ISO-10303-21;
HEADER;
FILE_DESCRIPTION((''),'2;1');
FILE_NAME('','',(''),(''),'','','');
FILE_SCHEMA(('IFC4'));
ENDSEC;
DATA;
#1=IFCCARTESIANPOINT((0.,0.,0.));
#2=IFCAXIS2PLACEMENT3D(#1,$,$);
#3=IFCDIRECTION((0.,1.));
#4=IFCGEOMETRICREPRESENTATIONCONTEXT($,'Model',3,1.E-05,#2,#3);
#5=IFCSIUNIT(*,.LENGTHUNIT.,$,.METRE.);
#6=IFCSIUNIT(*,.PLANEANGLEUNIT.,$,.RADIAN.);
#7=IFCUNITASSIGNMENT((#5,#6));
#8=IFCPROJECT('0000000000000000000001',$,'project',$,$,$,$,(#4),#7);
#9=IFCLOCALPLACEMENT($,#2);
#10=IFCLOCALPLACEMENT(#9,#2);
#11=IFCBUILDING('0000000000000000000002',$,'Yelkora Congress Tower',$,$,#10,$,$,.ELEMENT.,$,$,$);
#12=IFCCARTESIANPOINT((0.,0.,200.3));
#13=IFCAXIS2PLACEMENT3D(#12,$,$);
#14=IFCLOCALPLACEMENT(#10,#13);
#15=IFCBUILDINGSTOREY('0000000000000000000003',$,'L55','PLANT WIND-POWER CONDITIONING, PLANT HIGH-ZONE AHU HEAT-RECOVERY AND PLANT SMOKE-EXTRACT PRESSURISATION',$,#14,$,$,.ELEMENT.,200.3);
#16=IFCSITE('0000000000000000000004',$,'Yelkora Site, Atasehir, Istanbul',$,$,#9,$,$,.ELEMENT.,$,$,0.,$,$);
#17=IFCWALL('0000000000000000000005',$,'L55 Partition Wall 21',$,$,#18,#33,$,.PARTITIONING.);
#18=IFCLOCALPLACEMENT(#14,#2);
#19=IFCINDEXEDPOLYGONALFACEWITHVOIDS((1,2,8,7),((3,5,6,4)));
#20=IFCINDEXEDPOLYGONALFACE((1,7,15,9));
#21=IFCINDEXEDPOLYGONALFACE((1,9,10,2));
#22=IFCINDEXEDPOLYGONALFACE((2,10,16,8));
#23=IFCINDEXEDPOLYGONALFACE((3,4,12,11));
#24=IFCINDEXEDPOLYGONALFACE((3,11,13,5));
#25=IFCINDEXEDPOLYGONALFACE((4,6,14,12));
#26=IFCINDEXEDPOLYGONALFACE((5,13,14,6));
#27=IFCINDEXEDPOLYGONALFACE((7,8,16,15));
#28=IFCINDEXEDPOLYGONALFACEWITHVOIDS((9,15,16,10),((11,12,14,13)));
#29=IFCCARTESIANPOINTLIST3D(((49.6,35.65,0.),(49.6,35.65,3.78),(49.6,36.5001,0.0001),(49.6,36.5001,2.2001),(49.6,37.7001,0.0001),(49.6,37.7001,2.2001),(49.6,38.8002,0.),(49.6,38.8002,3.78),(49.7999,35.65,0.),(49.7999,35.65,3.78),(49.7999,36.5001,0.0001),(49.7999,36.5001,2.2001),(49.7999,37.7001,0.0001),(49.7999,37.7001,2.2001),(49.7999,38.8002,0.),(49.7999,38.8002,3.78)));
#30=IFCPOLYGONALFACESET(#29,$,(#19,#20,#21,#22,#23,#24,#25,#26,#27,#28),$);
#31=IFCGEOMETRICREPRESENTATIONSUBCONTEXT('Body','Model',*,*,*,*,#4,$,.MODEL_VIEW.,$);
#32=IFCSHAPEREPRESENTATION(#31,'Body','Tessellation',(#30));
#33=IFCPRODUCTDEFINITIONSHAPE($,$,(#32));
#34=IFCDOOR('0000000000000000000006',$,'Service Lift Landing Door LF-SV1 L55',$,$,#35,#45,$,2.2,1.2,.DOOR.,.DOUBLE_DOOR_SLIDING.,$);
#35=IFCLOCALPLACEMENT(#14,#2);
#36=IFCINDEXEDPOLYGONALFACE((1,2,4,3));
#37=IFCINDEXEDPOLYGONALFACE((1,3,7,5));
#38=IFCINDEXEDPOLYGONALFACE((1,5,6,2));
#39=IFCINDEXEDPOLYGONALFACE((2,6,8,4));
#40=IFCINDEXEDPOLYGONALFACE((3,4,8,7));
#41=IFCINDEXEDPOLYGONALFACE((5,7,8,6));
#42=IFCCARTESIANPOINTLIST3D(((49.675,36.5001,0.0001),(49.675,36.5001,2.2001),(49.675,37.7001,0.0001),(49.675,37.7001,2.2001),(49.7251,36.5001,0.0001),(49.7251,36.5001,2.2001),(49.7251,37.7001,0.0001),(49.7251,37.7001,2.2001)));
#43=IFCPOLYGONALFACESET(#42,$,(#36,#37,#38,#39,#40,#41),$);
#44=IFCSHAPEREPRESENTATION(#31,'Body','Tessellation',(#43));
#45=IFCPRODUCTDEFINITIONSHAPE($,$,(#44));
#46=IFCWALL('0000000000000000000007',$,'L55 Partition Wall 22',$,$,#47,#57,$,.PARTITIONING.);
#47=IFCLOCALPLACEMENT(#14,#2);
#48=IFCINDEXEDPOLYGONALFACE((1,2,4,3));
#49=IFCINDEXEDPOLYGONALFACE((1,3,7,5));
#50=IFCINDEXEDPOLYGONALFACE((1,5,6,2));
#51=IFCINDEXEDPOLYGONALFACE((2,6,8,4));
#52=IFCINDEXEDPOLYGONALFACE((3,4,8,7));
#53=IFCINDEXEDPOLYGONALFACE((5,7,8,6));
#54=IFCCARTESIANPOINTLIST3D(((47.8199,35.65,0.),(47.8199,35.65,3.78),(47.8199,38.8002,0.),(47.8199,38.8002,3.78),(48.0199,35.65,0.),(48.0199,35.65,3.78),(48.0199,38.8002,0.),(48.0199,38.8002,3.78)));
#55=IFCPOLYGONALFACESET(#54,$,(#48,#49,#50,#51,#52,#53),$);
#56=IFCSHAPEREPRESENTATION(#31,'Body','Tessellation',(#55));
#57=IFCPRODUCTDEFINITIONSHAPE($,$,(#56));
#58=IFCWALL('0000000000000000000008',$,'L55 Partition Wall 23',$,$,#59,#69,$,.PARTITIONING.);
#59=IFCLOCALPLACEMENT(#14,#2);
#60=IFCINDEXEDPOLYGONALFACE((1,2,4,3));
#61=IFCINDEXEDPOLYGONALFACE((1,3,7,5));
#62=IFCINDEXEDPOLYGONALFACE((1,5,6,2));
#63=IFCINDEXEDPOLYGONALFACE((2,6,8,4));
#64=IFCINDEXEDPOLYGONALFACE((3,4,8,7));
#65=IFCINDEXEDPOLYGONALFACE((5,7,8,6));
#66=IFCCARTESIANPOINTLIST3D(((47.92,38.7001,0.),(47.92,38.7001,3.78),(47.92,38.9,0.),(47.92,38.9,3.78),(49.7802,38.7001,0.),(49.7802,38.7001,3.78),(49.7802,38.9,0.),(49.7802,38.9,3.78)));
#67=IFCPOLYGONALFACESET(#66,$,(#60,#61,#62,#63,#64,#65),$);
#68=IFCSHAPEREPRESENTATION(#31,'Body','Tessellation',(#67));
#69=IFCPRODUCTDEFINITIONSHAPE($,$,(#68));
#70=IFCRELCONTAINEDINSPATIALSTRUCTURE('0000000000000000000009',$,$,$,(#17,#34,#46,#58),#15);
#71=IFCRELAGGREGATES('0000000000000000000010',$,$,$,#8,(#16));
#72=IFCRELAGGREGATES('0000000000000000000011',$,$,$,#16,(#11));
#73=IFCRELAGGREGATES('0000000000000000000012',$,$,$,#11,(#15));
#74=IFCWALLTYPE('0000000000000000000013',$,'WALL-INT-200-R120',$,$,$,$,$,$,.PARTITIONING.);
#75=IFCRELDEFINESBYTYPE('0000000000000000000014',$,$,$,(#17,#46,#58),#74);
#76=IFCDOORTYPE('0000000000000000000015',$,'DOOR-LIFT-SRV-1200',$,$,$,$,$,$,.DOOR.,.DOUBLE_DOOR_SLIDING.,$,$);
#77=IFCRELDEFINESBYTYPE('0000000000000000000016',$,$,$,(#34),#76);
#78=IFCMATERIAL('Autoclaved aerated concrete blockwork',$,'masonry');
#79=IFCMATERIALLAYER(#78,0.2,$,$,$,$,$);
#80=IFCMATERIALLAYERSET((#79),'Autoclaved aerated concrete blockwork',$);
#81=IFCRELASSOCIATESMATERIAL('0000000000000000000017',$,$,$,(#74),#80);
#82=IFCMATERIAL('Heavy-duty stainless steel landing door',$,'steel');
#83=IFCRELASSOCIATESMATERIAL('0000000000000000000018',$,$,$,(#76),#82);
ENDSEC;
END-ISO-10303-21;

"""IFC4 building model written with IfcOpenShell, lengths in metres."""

from ifc_helpers import new_model, si_unit, direction, frame, frame_2d, origin, place, context, subcontext, project, spatial, rectangle, extrude, material, layer, layer_set, type_object, element, fill, save


model = new_model("IFC4")

# Units and contexts
model_context = context("Model", 3, precision=1e-05, world=origin(), true_north=direction((0.0, 1.0)))
body_context = subcontext(model_context, "Body", "Model", "MODEL_VIEW")
ifc_project = project(units=[si_unit("LENGTHUNIT", "METRE"), si_unit("PLANEANGLEUNIT", "RADIAN")], contexts=[model_context])

# Site, building, storey
site_placement = place(None, origin())
site = spatial("IfcSite", under=ifc_project, at=site_placement, Name="Yelkora Site, Atasehir, Istanbul", CompositionType="ELEMENT", RefElevation=0.0)
building_placement = place(site_placement, origin())
building = spatial("IfcBuilding", under=site, at=building_placement, Name="Yelkora Congress Tower", CompositionType="ELEMENT")
storey_placement = place(building_placement, frame((0.0, 0.0, 200.3)))
storey = spatial("IfcBuildingStorey", under=building, at=storey_placement, Name="L55", Description="PLANT WIND-POWER CONDITIONING, PLANT HIGH-ZONE AHU HEAT-RECOVERY AND PLANT SMOKE-EXTRACT PRESSURISATION", CompositionType="ELEMENT", Elevation=200.3)

# Shared definitions
ifc_material_1 = material(Name="Autoclaved aerated concrete blockwork", Category="masonry")
ifc_layer_1 = layer(ifc_material_1, 0.2)
ifc_layer_set_1 = layer_set([ifc_layer_1], Name="Autoclaved aerated concrete blockwork")
wall_type_1 = type_object("IfcWallType", Name="WALL-INT-200-R120", PredefinedType="PARTITIONING", material=ifc_layer_set_1)

# Wall, opening, door
wall_1_placement = place(storey_placement, frame((49.7, 35.6499, 0.0), z_axis=(0.0, 0.0, 1.0), x_axis=(0.0, 1.0, 0.0)))
wall_1 = element("IfcWall", 1, at=wall_1_placement, inside=storey, type_object=wall_type_1, Name="L55 Partition Wall 21", PredefinedType="PARTITIONING", context=body_context, shape_type="SweptSolid", body=[
    extrude(rectangle(XDim=3.1501, YDim=0.2, at=frame_2d((1.5752, 0.0))), origin(), (0.0, 0.0, 1.0), 3.78),
])
opening_1_placement = place(wall_1_placement, frame((0.8501, 0.0, 0.0)))
opening_1 = element("IfcOpeningElement", 2, at=opening_1_placement, cuts=wall_1, PredefinedType="OPENING", context=body_context, shape_type="SweptSolid", body=[
    extrude(rectangle(XDim=1.2, YDim=2.2, at=frame_2d((0.6001, 1.1001))), frame((0.0, 0.1099, 0.0), z_axis=(0.0, -1.0, 0.0), x_axis=(1.0, 0.0, 0.0)), (0.0, 0.0, 1.0), 0.22),
])
ifc_material_2 = material(Name="Heavy-duty stainless steel landing door", Category="steel")
door_type_1 = type_object("IfcDoorType", Name="DOOR-LIFT-SRV-1200", OperationType="DOUBLE_DOOR_SLIDING", PredefinedType="DOOR", material=ifc_material_2)
door_1_placement = place(opening_1_placement, origin())
door_1 = element("IfcDoor", 3, at=door_1_placement, inside=storey, type_object=door_type_1, Name="Service Lift Landing Door LF-SV1 L55", OperationType="DOUBLE_DOOR_SLIDING", OverallHeight=2.2, OverallWidth=1.2, PredefinedType="DOOR", context=body_context, shape_type="SweptSolid", body=[
    extrude(rectangle(XDim=1.2, YDim=2.2, at=frame_2d((0.6001, 1.1001))), frame((0.0, 0.0249, 0.0), z_axis=(0.0, -1.0, 0.0), x_axis=(1.0, 0.0, 0.0)), (0.0, 0.0, 1.0), 0.05),
])
fill(opening_1, door_1)

# Walls
wall_2_placement = place(storey_placement, frame((47.9199, 35.6499, 0.0), z_axis=(0.0, 0.0, 1.0), x_axis=(0.0, 1.0, 0.0)))
element("IfcWall", 4, at=wall_2_placement, inside=storey, type_object=wall_type_1, Name="L55 Partition Wall 22", PredefinedType="PARTITIONING", context=body_context, shape_type="SweptSolid", body=[
    extrude(rectangle(XDim=3.1501, YDim=0.2, at=frame_2d((1.5752, 0.0))), origin(), (0.0, 0.0, 1.0), 3.78),
])
wall_3_placement = place(storey_placement, frame((47.9199, 38.8, 0.0), z_axis=(0.0, 0.0, 1.0), x_axis=(1.0, 0.0, 0.0)))
element("IfcWall", 5, at=wall_3_placement, inside=storey, type_object=wall_type_1, Name="L55 Partition Wall 23", PredefinedType="PARTITIONING", context=body_context, shape_type="SweptSolid", body=[
    extrude(rectangle(XDim=1.8601, YDim=0.2, at=frame_2d((0.9302, 0.0))), origin(), (0.0, 0.0, 1.0), 3.78),
])

save(model, "model.ifc")
